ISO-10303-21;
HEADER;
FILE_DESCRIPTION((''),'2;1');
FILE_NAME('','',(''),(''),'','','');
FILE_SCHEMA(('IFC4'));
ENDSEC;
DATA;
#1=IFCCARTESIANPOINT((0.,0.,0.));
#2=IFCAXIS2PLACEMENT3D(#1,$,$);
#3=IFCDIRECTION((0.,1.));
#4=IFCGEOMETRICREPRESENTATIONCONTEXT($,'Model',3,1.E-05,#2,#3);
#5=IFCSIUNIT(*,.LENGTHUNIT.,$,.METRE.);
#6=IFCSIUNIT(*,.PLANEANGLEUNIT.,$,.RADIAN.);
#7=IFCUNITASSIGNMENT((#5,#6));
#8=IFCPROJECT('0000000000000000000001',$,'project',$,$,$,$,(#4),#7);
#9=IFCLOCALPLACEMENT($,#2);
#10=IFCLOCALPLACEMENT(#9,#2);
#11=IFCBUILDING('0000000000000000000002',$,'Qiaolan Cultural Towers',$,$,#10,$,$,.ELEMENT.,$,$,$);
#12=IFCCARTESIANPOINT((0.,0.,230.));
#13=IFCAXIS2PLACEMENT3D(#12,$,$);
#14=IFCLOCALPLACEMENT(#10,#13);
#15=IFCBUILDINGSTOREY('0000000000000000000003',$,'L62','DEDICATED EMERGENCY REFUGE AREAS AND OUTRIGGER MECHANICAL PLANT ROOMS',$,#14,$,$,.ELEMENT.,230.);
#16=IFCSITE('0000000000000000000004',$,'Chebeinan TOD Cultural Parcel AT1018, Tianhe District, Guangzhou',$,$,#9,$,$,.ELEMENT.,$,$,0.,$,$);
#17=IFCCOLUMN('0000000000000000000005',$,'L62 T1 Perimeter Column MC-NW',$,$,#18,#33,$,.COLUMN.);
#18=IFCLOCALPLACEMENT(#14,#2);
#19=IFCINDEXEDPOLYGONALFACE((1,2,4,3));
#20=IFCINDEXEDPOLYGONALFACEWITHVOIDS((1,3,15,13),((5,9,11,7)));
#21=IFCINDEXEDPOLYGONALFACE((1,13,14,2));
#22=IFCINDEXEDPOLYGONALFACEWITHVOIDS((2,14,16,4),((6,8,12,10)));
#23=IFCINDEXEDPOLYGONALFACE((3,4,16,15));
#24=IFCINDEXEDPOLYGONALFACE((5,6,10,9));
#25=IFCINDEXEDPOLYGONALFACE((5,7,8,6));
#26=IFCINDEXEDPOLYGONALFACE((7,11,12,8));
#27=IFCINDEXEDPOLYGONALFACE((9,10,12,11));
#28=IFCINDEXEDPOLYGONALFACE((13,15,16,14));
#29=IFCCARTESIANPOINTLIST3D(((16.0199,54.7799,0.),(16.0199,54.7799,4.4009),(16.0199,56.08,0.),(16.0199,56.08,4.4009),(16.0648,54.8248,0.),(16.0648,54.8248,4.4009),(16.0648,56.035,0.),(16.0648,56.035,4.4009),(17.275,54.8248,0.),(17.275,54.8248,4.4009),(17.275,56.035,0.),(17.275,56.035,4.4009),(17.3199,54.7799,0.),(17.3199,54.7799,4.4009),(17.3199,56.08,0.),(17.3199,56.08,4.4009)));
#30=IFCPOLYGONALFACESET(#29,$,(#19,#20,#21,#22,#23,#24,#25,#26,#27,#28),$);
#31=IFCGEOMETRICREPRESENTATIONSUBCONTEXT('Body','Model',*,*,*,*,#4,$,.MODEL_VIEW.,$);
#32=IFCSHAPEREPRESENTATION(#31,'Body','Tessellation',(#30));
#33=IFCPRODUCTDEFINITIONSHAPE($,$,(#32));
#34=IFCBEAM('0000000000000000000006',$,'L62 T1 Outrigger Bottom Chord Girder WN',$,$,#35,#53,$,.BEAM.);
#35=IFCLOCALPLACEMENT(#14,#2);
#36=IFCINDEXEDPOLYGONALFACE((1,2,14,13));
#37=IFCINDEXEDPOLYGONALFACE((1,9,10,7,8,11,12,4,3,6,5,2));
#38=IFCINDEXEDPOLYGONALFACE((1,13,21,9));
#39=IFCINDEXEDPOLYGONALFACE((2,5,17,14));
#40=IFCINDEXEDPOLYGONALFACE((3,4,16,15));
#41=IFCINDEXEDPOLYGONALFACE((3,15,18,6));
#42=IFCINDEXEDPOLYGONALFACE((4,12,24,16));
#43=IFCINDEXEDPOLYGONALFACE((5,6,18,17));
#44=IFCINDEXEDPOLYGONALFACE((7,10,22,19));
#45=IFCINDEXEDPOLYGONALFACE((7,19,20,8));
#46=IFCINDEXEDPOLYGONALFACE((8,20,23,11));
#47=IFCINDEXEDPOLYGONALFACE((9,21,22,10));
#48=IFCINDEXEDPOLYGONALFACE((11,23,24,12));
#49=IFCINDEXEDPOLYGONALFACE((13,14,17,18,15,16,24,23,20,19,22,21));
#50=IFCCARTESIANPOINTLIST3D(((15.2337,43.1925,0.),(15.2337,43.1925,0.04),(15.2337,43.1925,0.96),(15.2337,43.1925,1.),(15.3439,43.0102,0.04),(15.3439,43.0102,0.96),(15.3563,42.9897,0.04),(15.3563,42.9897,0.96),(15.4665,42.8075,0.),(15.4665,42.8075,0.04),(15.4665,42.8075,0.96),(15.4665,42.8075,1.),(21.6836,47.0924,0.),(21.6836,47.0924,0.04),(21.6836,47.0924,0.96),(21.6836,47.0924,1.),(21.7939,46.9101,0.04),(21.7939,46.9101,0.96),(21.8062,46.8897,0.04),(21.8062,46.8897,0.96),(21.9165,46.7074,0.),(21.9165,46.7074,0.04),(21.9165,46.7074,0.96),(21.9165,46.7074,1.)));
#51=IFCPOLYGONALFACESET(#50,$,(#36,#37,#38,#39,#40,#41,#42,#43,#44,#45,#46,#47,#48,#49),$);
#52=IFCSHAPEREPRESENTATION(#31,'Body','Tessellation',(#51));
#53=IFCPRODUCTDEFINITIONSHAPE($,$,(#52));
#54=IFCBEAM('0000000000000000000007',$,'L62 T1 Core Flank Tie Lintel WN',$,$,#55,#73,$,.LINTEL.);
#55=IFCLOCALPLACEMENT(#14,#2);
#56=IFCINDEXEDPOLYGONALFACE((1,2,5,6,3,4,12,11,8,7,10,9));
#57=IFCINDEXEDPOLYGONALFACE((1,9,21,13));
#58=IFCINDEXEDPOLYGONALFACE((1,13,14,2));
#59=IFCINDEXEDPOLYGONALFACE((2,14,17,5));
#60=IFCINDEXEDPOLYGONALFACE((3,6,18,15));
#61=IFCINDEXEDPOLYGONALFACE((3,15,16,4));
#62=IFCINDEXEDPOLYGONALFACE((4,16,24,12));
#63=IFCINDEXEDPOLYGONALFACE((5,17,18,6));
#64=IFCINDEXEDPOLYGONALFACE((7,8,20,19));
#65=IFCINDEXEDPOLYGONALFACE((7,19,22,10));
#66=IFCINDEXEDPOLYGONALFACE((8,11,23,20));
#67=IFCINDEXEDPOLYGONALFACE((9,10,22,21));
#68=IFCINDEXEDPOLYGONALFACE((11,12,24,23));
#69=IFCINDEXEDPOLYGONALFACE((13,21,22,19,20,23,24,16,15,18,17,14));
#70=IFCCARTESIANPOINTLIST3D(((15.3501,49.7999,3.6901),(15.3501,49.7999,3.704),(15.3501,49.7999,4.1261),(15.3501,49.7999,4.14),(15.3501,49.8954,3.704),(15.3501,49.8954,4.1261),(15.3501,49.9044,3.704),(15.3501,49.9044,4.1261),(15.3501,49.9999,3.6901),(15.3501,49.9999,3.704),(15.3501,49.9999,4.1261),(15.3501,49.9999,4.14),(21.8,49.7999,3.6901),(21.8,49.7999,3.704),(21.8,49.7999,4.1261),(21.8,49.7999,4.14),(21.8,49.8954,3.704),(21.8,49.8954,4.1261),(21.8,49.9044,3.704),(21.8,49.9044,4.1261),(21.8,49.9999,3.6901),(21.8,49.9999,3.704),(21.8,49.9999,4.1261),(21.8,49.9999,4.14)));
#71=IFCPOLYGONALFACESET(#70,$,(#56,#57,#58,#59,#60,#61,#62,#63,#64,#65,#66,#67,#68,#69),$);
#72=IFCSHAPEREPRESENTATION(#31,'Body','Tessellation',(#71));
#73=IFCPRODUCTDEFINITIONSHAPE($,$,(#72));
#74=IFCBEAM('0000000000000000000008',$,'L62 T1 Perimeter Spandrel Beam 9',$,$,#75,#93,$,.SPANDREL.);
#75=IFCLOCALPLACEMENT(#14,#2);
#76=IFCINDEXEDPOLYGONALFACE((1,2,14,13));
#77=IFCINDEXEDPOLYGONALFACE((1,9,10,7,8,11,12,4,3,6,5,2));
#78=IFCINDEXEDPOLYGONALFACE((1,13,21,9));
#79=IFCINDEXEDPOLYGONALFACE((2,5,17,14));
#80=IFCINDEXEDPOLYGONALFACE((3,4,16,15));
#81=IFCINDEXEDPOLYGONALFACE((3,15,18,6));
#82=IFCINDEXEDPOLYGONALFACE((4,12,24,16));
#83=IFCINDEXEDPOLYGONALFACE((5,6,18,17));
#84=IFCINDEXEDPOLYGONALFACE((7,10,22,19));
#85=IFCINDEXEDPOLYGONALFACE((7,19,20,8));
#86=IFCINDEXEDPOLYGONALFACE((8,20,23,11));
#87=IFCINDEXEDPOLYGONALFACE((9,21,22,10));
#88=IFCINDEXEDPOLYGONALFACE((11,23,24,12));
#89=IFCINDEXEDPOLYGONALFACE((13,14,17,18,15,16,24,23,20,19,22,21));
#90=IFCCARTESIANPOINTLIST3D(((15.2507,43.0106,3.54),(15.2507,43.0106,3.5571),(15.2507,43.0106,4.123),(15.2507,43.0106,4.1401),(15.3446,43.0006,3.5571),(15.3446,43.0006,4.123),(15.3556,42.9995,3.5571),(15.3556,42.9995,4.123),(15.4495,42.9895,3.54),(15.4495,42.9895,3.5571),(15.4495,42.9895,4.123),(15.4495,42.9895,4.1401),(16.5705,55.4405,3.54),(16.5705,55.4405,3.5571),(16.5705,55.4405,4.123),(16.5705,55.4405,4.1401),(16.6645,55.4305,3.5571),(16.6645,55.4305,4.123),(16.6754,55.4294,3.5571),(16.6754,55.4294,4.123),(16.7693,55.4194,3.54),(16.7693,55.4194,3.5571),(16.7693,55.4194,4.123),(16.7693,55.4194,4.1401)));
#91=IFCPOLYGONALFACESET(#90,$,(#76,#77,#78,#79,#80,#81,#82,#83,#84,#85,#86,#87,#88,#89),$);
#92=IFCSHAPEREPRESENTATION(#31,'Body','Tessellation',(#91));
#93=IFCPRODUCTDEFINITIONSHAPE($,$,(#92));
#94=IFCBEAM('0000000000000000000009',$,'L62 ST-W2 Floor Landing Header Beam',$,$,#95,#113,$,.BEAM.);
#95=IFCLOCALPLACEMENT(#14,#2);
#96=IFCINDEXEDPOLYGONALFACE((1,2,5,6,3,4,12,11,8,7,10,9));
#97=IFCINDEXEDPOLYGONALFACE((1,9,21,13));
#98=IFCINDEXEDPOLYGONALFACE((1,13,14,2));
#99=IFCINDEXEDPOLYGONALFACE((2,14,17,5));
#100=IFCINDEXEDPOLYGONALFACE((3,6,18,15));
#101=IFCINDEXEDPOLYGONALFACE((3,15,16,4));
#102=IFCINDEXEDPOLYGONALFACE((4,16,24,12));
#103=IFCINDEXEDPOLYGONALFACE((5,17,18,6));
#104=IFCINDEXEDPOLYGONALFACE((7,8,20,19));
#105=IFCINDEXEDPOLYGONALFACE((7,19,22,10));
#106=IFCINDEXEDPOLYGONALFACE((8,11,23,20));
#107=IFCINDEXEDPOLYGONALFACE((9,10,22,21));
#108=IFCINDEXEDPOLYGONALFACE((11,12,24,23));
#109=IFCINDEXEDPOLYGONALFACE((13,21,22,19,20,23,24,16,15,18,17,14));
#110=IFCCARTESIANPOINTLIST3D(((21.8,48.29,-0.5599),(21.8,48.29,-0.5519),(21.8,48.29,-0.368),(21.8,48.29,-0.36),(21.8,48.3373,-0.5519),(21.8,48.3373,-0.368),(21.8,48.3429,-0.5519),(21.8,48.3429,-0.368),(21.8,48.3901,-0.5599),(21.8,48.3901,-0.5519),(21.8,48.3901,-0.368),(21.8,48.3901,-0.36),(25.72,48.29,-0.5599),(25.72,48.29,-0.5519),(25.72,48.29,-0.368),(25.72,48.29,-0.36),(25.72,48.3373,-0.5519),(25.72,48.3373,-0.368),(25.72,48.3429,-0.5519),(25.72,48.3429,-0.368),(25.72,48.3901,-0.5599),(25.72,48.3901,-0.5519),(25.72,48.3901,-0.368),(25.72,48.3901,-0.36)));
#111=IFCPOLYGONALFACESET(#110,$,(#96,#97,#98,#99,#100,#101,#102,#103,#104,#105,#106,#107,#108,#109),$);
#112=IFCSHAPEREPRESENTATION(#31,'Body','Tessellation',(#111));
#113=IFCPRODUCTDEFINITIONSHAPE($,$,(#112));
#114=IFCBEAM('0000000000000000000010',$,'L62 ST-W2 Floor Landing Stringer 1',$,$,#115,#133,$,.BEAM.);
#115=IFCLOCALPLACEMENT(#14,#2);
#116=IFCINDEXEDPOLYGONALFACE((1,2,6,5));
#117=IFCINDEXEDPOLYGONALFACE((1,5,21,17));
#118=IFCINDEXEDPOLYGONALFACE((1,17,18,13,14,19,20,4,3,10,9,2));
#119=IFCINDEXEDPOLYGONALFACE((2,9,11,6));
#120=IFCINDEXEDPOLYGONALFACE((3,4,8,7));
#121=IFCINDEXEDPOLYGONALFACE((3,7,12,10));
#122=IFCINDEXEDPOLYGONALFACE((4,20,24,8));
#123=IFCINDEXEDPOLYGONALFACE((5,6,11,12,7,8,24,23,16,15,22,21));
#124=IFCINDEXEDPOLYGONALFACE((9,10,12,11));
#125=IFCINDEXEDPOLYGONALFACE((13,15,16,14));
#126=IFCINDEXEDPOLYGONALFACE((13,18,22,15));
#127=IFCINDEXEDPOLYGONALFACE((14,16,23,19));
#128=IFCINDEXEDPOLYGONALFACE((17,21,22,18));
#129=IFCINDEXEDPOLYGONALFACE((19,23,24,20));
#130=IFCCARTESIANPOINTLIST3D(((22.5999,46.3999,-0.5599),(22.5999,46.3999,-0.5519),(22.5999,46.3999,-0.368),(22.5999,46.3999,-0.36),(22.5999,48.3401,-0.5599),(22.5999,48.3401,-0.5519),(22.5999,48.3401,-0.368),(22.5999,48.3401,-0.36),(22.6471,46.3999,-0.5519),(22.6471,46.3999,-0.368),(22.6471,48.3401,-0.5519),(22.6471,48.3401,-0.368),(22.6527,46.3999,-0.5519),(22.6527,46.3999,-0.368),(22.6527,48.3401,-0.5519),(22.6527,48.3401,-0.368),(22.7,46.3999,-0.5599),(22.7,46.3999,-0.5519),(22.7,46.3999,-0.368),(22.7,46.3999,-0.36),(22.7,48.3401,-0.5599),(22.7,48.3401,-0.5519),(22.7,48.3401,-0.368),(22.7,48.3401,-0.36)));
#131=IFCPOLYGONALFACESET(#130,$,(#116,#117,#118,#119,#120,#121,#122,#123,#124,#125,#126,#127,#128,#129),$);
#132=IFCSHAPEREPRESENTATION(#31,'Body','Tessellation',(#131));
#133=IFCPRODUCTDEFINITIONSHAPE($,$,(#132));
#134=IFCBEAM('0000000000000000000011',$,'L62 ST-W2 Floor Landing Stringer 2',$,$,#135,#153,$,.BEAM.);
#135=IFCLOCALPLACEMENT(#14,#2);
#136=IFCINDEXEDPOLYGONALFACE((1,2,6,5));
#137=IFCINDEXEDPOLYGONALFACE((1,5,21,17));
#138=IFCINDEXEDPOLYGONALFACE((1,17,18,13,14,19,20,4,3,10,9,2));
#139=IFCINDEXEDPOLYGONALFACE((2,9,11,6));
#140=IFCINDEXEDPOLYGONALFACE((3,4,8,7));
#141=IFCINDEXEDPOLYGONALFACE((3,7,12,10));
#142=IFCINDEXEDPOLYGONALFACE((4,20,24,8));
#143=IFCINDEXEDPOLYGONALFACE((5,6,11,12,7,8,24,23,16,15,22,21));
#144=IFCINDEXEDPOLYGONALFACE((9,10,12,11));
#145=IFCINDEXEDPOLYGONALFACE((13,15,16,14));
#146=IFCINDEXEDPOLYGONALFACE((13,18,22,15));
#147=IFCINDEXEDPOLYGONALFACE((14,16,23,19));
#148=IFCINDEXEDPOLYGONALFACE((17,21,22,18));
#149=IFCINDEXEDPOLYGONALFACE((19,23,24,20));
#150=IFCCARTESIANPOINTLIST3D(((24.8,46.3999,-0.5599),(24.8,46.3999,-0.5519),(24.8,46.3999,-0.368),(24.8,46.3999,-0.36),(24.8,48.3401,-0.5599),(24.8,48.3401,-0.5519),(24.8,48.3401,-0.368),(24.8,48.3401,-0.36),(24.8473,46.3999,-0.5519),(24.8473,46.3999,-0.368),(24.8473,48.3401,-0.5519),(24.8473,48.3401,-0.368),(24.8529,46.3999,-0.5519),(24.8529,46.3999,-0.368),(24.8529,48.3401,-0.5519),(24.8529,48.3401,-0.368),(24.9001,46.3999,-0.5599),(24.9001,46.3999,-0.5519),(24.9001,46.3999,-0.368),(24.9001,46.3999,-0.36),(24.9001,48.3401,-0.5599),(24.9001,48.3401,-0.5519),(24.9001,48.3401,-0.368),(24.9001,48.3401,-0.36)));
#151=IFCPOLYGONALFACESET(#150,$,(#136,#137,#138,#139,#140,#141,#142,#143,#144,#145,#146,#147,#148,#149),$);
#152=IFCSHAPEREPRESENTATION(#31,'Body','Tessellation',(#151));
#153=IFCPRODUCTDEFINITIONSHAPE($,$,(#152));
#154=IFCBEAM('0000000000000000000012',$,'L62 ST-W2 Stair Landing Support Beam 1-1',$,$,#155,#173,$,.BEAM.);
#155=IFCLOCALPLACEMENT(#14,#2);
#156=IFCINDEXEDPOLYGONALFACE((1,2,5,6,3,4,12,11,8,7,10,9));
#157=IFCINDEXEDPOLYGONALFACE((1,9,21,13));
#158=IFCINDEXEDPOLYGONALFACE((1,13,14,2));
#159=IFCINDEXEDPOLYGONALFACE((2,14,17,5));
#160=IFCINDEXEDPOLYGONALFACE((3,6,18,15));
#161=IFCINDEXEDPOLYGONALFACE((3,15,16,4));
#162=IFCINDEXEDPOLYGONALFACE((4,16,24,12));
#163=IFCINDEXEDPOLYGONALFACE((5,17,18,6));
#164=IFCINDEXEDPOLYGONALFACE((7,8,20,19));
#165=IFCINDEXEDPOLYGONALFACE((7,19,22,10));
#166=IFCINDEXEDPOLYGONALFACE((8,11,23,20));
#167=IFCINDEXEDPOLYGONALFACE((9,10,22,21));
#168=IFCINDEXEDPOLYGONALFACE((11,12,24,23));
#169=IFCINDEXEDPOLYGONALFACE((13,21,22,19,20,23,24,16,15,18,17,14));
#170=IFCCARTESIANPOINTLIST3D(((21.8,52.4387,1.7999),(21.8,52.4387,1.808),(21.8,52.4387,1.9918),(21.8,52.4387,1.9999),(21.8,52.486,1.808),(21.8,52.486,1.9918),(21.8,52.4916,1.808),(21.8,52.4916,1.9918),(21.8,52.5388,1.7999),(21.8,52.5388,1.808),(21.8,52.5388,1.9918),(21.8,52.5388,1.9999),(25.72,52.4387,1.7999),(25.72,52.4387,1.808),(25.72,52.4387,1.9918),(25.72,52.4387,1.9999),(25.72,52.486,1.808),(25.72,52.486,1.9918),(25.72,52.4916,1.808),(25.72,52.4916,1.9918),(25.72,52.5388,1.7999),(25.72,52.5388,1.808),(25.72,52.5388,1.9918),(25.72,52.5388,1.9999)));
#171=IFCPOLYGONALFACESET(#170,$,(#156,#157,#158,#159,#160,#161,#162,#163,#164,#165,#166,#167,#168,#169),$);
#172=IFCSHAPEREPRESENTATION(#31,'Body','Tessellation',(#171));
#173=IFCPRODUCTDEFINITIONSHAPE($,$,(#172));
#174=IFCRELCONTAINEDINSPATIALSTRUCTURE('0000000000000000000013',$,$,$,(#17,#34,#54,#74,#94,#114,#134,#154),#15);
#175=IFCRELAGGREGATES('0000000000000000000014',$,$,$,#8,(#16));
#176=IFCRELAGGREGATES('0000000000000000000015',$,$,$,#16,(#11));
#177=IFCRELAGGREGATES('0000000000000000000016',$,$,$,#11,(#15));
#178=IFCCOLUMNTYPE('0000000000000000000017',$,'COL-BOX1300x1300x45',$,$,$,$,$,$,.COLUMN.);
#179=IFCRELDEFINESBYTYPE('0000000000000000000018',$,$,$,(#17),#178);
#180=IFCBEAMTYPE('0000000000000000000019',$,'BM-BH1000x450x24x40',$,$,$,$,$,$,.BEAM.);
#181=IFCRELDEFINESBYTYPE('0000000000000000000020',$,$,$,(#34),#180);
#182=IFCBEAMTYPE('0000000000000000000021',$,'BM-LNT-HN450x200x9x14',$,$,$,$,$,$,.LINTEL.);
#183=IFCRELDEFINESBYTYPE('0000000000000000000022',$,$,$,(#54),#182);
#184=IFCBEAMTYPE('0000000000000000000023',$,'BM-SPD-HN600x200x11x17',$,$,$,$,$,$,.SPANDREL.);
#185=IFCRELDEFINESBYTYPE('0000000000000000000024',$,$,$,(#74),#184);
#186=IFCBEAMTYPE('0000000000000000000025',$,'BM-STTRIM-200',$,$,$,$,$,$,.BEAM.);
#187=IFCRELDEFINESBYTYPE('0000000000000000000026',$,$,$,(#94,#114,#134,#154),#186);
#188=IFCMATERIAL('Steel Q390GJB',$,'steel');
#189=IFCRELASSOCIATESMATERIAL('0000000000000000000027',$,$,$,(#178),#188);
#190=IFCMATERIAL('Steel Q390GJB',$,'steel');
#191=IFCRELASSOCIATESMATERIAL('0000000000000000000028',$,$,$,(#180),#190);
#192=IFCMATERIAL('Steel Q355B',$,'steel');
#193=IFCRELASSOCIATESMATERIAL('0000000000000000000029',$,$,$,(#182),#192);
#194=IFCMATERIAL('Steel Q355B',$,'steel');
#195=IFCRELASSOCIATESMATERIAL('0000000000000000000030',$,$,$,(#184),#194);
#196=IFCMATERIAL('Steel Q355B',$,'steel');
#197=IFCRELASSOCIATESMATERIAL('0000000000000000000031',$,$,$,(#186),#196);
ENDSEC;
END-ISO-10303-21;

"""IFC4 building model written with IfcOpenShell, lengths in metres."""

from ifc_helpers import new_model, si_unit, direction, frame, origin, origin_2d, place, context, subcontext, project, spatial, hollow_rectangle, i_section, extrude, material, material_profile, profile_set, type_object, element, save


model = new_model("IFC4")

# Units and contexts
model_context = context("Model", 3, precision=1e-05, world=origin(), true_north=direction((0.0, 1.0)))
body_context = subcontext(model_context, "Body", "Model", "MODEL_VIEW")
ifc_project = project(units=[si_unit("LENGTHUNIT", "METRE"), si_unit("PLANEANGLEUNIT", "RADIAN")], contexts=[model_context])

# Site, building, storey
site_placement = place(None, origin())
site = spatial("IfcSite", under=ifc_project, at=site_placement, Name="Chebeinan TOD Cultural Parcel AT1018, Tianhe District, Guangzhou", CompositionType="ELEMENT", RefElevation=0.0)
building_placement = place(site_placement, origin())
building = spatial("IfcBuilding", under=site, at=building_placement, Name="Qiaolan Cultural Towers", CompositionType="ELEMENT")
storey_placement = place(building_placement, frame((0.0, 0.0, 230.0)))
storey = spatial("IfcBuildingStorey", under=building, at=storey_placement, Name="L62", Description="DEDICATED EMERGENCY REFUGE AREAS AND OUTRIGGER MECHANICAL PLANT ROOMS", CompositionType="ELEMENT", Elevation=230.0)

# Column
ifc_material_1 = material(Name="Steel Q390GJB", Category="steel")
ifc_material_profile_1 = material_profile(ifc_material_1, hollow_rectangle(XDim=1.3, YDim=1.3, WallThickness=0.0449, at=origin_2d()), Name="BOX1300x1300x45")
ifc_profile_set_1 = profile_set([ifc_material_profile_1], Name="Steel Q390GJB")
column_type = type_object("IfcColumnType", Name="COL-BOX1300x1300x45", PredefinedType="COLUMN", material=ifc_profile_set_1)
column_placement = place(storey_placement, frame((16.6699, 55.4299, 0.0), z_axis=(0.0, 0.0, 1.0), x_axis=(1.0, 0.0, 0.0)))
element("IfcColumn", 1, at=column_placement, inside=storey, type_object=column_type, Name="L62 T1 Perimeter Column MC-NW", PredefinedType="COLUMN", context=body_context, shape_type="SweptSolid", body=[
    extrude(hollow_rectangle(XDim=1.3, YDim=1.3, WallThickness=0.0449, at=origin_2d()), origin(), (0.0, 0.0, 1.0), 4.4009),
])

# Beams
ifc_material_2 = material(Name="Steel Q390GJB", Category="steel")
ifc_material_profile_2 = material_profile(ifc_material_2, i_section(OverallWidth=0.45, OverallDepth=1.0, WebThickness=0.0239, FlangeThickness=0.04, at=origin_2d()), Name="BH1000x450x24x40")
ifc_profile_set_2 = profile_set([ifc_material_profile_2], Name="Steel Q390GJB")
beam_type_1 = type_object("IfcBeamType", Name="BM-BH1000x450x24x40", PredefinedType="BEAM", material=ifc_profile_set_2)
beam_1_placement = place(storey_placement, frame((21.8, 46.8999, 0.5), z_axis=(-0.855736, -0.517413, 0.0), x_axis=(0.517413, -0.855736, 0.0)))
element("IfcBeam", 2, at=beam_1_placement, inside=storey, type_object=beam_type_1, Name="L62 T1 Outrigger Bottom Chord Girder WN", PredefinedType="BEAM", context=body_context, shape_type="SweptSolid", body=[
    extrude(i_section(OverallWidth=0.45, OverallDepth=1.0, WebThickness=0.0239, FlangeThickness=0.04, at=origin_2d()), origin(), (0.0, 0.0, 1.0), 7.5374),
])
ifc_material_3 = material(Name="Steel Q355B", Category="steel")
ifc_material_profile_3 = material_profile(ifc_material_3, i_section(OverallWidth=0.2, OverallDepth=0.45, WebThickness=0.009, FlangeThickness=0.0139, at=origin_2d()), Name="HN450x200x9x14")
ifc_profile_set_3 = profile_set([ifc_material_profile_3], Name="Steel Q355B")
beam_type_2 = type_object("IfcBeamType", Name="BM-LNT-HN450x200x9x14", PredefinedType="LINTEL", material=ifc_profile_set_3)
beam_2_placement = place(storey_placement, frame((21.8, 49.8999, 3.915), z_axis=(-1.0, 0.0, 0.0), x_axis=(0.0, -1.0, 0.0)))
element("IfcBeam", 3, at=beam_2_placement, inside=storey, type_object=beam_type_2, Name="L62 T1 Core Flank Tie Lintel WN", PredefinedType="LINTEL", context=body_context, shape_type="SweptSolid", body=[
    extrude(i_section(OverallWidth=0.2, OverallDepth=0.45, WebThickness=0.009, FlangeThickness=0.0139, at=origin_2d()), origin(), (0.0, 0.0, 1.0), 6.45),
])
ifc_material_4 = material(Name="Steel Q355B", Category="steel")
ifc_material_profile_4 = material_profile(ifc_material_4, i_section(OverallWidth=0.2, OverallDepth=0.6001, WebThickness=0.011, FlangeThickness=0.0171, at=origin_2d()), Name="HN600x200x11x17")
ifc_profile_set_4 = profile_set([ifc_material_profile_4], Name="Steel Q355B")
beam_type_3 = type_object("IfcBeamType", Name="BM-SPD-HN600x200x11x17", PredefinedType="SPANDREL", material=ifc_profile_set_4)
beam_3_placement = place(storey_placement, frame((16.6699, 55.4299, 3.8401), z_axis=(-0.105588, -0.99441, 0.0), x_axis=(0.99441, -0.105588, 0.0)))
element("IfcBeam", 4, at=beam_3_placement, inside=storey, type_object=beam_type_3, Name="L62 T1 Perimeter Spandrel Beam 9", PredefinedType="SPANDREL", context=body_context, shape_type="SweptSolid", body=[
    extrude(i_section(OverallWidth=0.2, OverallDepth=0.6001, WebThickness=0.011, FlangeThickness=0.0171, at=origin_2d()), origin(), (0.0, 0.0, 1.0), 12.4998),
])
ifc_material_5 = material(Name="Steel Q355B", Category="steel")
ifc_material_profile_5 = material_profile(ifc_material_5, i_section(OverallWidth=0.1001, OverallDepth=0.2, WebThickness=0.0056, FlangeThickness=0.0081, at=origin_2d()), Name="HN200x100x5.5x8")
ifc_profile_set_5 = profile_set([ifc_material_profile_5], Name="Steel Q355B")
beam_type_4 = type_object("IfcBeamType", Name="BM-STTRIM-200", PredefinedType="BEAM", material=ifc_profile_set_5)
beam_4_placement = place(storey_placement, frame((21.8, 48.3401, -0.46), z_axis=(1.0, 0.0, 0.0), x_axis=(0.0, 1.0, 0.0)))
element("IfcBeam", 5, at=beam_4_placement, inside=storey, type_object=beam_type_4, Name="L62 ST-W2 Floor Landing Header Beam", PredefinedType="BEAM", context=body_context, shape_type="SweptSolid", body=[
    extrude(i_section(OverallWidth=0.1001, OverallDepth=0.2, WebThickness=0.0056, FlangeThickness=0.0081, at=origin_2d()), origin(), (0.0, 0.0, 1.0), 3.9199),
])
for number, where, z_axis, x_axis, name in (
    (6, (22.6499, 46.3999, -0.46), (0.0, 1.0, 0.0), (-1.0, 0.0, 0.0), "L62 ST-W2 Floor Landing Stringer 1"),
    (7, (24.8501, 46.3999, -0.46), (0.0, 1.0, 0.0), (-1.0, 0.0, 0.0), "L62 ST-W2 Floor Landing Stringer 2"),
):
    element("IfcBeam", number, at=place(storey_placement, frame(where, z_axis=z_axis, x_axis=x_axis)), inside=storey, type_object=beam_type_4, Name=name, PredefinedType="BEAM", context=body_context, shape_type="SweptSolid", body=[
        extrude(i_section(OverallWidth=0.1001, OverallDepth=0.2, WebThickness=0.0056, FlangeThickness=0.0081, at=origin_2d()), origin(), (0.0, 0.0, 1.0), 1.9402),
    ])
for number, where, z_axis, x_axis, name in (
    (8, (21.8, 52.4888, 1.8999), (1.0, 0.0, 0.0), (0.0, 1.0, 0.0), "L62 ST-W2 Stair Landing Support Beam 1-1"),
):
    element("IfcBeam", number, at=place(storey_placement, frame(where, z_axis=z_axis, x_axis=x_axis)), inside=storey, type_object=beam_type_4, Name=name, PredefinedType="BEAM", context=body_context, shape_type="SweptSolid", body=[
        extrude(i_section(OverallWidth=0.1001, OverallDepth=0.2, WebThickness=0.0056, FlangeThickness=0.0081, at=origin_2d()), origin(), (0.0, 0.0, 1.0), 3.9199),
    ])

save(model, "model.ifc")
